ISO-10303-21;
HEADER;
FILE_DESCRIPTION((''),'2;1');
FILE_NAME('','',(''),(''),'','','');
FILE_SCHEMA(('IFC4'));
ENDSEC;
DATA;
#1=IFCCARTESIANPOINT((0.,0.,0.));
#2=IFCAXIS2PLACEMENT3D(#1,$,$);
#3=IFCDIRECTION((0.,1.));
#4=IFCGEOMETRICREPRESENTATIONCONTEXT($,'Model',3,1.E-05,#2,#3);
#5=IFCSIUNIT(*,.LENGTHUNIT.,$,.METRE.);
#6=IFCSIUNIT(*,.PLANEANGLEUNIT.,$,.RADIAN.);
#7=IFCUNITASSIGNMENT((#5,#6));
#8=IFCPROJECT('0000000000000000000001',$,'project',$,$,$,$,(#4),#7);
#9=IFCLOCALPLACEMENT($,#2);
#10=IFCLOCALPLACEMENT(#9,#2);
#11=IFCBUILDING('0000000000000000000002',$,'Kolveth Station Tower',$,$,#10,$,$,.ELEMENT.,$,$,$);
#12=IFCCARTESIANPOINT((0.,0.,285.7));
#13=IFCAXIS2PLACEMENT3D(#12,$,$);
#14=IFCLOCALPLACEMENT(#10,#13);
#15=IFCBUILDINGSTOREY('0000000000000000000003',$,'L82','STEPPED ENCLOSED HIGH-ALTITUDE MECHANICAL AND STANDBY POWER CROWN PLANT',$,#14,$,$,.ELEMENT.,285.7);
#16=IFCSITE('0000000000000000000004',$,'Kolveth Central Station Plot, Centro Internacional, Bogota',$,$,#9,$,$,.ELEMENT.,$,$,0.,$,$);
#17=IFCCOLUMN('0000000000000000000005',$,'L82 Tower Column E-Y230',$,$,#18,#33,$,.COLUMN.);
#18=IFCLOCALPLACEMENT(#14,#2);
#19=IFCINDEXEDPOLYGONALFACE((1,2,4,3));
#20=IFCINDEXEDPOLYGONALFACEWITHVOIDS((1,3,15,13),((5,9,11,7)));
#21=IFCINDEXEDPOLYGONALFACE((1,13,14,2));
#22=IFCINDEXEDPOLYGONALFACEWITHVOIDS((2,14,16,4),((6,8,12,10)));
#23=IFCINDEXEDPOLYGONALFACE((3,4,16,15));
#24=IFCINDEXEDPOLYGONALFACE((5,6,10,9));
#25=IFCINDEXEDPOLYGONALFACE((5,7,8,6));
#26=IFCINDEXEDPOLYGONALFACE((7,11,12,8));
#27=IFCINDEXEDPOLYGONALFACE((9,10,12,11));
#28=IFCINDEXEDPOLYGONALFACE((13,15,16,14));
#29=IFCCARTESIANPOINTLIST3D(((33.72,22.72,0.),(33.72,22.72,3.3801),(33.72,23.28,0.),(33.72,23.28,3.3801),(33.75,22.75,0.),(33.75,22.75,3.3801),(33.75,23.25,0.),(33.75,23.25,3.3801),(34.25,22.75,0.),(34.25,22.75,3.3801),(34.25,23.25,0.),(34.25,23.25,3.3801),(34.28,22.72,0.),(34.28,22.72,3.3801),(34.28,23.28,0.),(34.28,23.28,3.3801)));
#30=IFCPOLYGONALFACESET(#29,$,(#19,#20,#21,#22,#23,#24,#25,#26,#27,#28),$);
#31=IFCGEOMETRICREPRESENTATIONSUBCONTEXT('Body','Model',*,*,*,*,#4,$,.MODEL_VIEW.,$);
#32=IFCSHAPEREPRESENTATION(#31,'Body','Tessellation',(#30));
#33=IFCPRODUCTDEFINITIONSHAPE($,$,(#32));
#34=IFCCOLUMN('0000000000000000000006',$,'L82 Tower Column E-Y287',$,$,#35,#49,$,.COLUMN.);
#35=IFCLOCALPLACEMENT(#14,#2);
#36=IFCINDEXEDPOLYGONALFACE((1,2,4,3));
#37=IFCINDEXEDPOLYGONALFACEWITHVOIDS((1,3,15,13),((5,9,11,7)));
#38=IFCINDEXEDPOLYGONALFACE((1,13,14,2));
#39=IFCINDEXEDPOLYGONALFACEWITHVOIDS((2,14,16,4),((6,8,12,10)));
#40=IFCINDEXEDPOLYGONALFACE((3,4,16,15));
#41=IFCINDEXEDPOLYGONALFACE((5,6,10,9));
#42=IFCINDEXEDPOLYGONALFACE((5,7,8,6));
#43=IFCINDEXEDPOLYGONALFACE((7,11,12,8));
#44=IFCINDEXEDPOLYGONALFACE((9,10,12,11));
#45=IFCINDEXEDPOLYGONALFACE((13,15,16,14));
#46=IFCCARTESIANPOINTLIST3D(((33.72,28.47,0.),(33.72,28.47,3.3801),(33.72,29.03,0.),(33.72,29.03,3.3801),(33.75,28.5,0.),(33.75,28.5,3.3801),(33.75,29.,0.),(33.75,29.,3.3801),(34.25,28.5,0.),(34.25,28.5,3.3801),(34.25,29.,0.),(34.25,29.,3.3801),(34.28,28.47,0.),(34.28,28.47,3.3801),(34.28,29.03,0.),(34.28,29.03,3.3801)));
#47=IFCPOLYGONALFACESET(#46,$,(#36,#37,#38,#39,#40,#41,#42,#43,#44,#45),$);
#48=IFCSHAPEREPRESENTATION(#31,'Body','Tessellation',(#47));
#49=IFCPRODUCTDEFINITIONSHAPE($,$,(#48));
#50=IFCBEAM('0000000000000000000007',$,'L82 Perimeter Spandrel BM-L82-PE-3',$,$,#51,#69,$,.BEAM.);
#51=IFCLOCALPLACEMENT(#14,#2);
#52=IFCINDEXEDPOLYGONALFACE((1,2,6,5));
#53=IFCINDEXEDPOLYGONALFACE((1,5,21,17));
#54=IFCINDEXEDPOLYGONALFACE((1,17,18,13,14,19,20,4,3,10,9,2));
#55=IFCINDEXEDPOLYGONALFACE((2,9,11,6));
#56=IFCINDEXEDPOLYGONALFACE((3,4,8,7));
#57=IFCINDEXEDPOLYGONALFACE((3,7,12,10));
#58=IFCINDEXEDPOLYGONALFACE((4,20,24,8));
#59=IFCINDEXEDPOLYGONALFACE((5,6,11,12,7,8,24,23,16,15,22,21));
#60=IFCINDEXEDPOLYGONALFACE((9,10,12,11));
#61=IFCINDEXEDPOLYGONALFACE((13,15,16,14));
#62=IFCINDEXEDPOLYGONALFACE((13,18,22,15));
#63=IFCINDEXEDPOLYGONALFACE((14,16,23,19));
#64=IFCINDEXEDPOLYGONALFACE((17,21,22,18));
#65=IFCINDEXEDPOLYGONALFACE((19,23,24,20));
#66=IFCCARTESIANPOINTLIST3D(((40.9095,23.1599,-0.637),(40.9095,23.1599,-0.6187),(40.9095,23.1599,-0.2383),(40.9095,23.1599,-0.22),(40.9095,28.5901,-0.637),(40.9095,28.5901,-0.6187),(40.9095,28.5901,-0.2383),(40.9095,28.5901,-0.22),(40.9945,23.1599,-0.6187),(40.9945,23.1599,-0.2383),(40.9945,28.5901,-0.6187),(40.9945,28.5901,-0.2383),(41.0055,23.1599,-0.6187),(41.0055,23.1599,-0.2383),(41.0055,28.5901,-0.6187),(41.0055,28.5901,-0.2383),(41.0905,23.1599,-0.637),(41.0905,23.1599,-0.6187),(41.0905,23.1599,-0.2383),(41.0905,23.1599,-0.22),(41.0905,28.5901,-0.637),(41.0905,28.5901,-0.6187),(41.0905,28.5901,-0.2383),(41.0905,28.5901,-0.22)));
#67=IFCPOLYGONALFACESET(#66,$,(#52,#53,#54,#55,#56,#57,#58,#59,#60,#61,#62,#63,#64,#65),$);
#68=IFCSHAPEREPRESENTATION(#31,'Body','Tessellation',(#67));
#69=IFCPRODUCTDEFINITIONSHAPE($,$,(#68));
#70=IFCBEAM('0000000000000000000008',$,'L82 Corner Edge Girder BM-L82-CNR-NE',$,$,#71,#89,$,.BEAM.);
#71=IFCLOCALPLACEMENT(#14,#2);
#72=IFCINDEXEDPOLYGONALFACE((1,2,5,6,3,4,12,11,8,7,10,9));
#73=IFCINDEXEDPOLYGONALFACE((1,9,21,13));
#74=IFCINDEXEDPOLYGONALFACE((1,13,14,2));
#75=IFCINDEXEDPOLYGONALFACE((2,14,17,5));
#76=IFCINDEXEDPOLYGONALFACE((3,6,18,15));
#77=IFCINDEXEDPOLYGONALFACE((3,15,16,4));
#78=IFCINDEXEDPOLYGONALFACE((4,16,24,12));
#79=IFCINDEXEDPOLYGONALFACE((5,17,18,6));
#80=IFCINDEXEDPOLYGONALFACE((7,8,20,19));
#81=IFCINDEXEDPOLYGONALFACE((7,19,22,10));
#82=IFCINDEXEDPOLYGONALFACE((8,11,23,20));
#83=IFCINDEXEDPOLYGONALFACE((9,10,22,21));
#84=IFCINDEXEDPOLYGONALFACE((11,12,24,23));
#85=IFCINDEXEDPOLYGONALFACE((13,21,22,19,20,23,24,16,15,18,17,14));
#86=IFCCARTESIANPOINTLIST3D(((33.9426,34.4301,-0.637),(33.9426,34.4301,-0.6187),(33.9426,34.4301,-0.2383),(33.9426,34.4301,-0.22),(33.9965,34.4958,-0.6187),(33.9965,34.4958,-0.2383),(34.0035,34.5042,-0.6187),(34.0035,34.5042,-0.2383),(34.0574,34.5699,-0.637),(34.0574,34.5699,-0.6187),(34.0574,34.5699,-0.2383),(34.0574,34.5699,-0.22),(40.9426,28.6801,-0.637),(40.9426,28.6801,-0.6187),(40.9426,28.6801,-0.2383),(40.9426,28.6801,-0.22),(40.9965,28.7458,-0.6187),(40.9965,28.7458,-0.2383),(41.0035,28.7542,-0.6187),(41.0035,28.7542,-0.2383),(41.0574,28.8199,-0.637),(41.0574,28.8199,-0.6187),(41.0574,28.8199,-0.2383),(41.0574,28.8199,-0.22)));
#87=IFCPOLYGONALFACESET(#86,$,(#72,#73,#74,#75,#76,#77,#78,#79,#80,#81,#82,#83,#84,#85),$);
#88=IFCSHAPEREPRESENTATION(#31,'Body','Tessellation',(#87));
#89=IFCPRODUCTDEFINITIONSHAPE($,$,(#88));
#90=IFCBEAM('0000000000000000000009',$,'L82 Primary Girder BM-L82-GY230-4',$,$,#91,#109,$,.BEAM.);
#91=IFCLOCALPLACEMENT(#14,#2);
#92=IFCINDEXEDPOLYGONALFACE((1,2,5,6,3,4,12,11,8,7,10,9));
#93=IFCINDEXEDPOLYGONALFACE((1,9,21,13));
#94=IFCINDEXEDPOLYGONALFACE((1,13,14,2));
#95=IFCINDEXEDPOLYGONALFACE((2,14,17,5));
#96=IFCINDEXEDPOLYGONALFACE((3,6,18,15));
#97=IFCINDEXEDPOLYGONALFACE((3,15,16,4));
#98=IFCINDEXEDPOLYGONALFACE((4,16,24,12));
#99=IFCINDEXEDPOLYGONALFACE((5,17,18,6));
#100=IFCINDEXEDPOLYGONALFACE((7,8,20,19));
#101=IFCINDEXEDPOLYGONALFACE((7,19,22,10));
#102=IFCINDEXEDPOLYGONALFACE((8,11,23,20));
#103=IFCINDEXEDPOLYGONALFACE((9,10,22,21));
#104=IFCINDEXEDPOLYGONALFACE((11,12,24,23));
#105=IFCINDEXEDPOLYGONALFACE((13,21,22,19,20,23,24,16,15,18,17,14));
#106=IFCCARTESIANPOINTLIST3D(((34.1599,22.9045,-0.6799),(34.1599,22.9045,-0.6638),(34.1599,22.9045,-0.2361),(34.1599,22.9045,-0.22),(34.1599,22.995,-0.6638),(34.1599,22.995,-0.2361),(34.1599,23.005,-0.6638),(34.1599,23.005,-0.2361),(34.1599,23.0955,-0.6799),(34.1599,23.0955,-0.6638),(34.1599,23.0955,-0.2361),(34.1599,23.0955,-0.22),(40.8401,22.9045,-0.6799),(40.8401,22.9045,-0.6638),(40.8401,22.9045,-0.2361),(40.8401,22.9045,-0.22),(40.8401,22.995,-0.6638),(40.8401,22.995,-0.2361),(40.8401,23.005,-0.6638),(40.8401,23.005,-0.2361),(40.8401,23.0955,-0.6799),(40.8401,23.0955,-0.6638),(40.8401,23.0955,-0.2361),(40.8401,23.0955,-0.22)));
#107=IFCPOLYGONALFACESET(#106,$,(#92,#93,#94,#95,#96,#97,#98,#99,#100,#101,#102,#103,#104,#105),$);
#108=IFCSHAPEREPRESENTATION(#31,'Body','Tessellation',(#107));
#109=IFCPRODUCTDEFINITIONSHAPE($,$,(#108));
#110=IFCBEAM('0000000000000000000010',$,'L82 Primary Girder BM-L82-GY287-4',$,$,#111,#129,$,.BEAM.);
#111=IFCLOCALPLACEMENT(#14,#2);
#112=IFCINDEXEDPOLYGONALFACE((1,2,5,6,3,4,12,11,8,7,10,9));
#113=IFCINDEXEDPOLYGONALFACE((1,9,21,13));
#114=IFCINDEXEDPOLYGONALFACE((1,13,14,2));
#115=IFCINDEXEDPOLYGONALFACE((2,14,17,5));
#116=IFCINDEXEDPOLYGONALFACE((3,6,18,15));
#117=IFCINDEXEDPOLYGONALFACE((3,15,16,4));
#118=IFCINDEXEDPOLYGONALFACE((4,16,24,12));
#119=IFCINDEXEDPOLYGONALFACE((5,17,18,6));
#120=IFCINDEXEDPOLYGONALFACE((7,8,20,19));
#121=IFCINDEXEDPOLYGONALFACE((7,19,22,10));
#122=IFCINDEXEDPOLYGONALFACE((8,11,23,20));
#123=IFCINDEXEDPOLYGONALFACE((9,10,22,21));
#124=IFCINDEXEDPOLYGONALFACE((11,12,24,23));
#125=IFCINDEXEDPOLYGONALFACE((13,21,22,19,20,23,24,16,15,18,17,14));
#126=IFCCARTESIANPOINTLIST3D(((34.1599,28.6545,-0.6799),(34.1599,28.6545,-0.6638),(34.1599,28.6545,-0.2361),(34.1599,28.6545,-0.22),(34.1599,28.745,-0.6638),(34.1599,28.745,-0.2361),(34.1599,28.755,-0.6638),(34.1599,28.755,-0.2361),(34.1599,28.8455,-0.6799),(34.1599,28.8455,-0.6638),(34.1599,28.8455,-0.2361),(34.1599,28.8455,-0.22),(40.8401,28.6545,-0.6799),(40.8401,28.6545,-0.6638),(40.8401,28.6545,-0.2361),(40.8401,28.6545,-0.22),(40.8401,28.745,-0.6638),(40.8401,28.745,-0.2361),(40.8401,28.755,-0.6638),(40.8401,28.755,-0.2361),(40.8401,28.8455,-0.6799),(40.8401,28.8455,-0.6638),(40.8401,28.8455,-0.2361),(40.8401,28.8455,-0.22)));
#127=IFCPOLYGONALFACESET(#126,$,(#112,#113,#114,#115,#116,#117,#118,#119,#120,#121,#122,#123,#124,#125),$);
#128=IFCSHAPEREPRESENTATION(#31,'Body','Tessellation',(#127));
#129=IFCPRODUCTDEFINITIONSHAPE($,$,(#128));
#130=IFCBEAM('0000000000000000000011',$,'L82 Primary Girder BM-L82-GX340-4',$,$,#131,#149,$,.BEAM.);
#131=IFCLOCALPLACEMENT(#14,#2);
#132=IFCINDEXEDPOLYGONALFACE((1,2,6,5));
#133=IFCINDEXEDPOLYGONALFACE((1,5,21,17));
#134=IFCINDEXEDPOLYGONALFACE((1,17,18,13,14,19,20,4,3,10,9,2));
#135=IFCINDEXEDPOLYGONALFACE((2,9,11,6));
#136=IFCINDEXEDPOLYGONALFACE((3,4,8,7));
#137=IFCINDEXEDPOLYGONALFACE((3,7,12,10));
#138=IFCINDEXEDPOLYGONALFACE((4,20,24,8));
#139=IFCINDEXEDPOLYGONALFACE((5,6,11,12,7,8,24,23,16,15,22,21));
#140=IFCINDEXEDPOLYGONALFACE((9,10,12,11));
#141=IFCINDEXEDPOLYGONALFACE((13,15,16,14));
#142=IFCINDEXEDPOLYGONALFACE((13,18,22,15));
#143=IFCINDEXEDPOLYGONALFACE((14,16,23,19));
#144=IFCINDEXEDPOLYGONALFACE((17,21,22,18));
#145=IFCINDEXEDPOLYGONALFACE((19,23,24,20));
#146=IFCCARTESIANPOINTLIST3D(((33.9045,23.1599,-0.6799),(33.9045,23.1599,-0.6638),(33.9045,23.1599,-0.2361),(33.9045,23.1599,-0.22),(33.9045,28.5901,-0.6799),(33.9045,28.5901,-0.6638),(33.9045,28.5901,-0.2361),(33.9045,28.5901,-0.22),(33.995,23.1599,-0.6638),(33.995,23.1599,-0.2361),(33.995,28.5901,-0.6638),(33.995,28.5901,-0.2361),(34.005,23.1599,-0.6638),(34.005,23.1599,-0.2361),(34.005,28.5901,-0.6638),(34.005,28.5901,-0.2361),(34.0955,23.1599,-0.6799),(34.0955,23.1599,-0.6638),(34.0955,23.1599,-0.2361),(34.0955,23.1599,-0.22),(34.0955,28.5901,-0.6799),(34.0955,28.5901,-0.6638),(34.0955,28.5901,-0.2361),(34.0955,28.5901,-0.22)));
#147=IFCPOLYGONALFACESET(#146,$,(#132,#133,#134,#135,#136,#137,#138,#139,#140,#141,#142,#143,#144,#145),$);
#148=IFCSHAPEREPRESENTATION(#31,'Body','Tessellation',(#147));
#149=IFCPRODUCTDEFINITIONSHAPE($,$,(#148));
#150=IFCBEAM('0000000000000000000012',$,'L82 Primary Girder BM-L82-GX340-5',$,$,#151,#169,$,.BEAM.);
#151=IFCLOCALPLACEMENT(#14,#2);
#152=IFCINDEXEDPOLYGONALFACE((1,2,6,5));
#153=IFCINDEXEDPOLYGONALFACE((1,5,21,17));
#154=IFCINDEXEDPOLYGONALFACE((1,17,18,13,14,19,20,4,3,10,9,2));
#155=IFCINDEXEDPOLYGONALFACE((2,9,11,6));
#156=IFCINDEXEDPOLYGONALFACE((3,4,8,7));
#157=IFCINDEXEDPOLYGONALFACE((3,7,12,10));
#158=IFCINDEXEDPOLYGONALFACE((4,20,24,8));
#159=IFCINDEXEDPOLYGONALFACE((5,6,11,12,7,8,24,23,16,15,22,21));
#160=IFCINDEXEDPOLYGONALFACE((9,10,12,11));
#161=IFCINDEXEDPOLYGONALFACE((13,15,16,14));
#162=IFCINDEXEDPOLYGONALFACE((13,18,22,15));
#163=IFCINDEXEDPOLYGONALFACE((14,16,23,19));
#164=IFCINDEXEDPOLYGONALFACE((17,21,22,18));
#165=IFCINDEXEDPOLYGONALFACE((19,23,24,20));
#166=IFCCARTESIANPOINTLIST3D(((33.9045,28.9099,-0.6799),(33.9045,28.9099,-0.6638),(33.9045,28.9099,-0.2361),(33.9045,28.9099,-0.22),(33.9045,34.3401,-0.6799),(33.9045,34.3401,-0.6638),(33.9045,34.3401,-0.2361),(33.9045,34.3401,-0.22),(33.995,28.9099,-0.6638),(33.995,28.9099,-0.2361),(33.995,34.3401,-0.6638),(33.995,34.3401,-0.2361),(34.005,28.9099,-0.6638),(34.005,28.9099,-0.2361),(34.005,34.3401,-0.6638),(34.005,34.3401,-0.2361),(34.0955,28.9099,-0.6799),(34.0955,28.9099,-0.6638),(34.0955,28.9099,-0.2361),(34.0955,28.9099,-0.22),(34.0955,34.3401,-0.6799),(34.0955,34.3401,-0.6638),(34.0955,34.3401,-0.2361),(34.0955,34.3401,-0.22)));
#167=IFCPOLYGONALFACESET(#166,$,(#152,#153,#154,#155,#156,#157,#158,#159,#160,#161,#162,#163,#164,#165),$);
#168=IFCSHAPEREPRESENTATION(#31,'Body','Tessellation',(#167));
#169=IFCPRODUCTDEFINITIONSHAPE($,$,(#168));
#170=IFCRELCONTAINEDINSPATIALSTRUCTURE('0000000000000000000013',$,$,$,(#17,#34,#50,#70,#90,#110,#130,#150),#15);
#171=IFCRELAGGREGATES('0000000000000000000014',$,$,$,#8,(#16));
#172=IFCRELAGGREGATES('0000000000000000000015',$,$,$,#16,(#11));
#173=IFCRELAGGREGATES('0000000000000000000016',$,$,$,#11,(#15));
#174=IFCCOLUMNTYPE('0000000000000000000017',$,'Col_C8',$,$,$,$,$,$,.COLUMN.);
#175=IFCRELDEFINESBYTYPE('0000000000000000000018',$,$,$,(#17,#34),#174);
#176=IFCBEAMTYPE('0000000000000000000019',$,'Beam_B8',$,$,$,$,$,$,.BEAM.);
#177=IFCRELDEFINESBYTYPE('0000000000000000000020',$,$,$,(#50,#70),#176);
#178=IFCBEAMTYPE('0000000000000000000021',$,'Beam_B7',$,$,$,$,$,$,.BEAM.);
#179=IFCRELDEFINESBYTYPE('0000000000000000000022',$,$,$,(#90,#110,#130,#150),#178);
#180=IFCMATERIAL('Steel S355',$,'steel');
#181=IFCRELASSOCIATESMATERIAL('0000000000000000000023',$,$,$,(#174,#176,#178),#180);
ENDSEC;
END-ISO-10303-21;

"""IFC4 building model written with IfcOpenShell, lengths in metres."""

from ifc_helpers import new_model, si_unit, direction, frame, origin, origin_2d, place, context, subcontext, project, spatial, hollow_rectangle, i_section, extrude, source, transform, mapped, material, material_profile, profile_set, type_object, element, save


model = new_model("IFC4")

# Units and contexts
model_context = context("Model", 3, precision=1e-05, world=origin(), true_north=direction((0.0, 1.0)))
body_context = subcontext(model_context, "Body", "Model", "MODEL_VIEW")
ifc_project = project(units=[si_unit("LENGTHUNIT", "METRE"), si_unit("PLANEANGLEUNIT", "RADIAN")], contexts=[model_context])

# Site, building, storey
site_placement = place(None, origin())
site = spatial("IfcSite", under=ifc_project, at=site_placement, Name="Kolveth Central Station Plot, Centro Internacional, Bogota", CompositionType="ELEMENT", RefElevation=0.0)
building_placement = place(site_placement, origin())
building = spatial("IfcBuilding", under=site, at=building_placement, Name="Kolveth Station Tower", CompositionType="ELEMENT")
storey_placement = place(building_placement, frame((0.0, 0.0, 285.7)))
storey = spatial("IfcBuildingStorey", under=building, at=storey_placement, Name="L82", Description="STEPPED ENCLOSED HIGH-ALTITUDE MECHANICAL AND STANDBY POWER CROWN PLANT", CompositionType="ELEMENT", Elevation=285.7)

# Columns
ifc_material_1 = material(Name="Steel S355", Category="steel")
ifc_material_profile_1 = material_profile(ifc_material_1, hollow_rectangle(XDim=0.5601, YDim=0.5601, WallThickness=0.03, at=origin_2d()), Name="BOX560x560x30")
ifc_profile_set_1 = profile_set([ifc_material_profile_1], Name="Steel S355")
column_type = type_object("IfcColumnType", Name="Col_C8", PredefinedType="COLUMN", material=ifc_profile_set_1)
shared_shape_1 = source(origin(), body_context, "Body", "SweptSolid", [
    extrude(hollow_rectangle(XDim=0.5601, YDim=0.5601, WallThickness=0.03, at=origin_2d()), origin(), (0.0, 0.0, 1.0), 3.3801),
])
for number, where, z_axis, x_axis, name in (
    (1, (34.0, 23.0, 0.0), (0.0, 0.0, 1.0), (1.0, 0.0, 0.0), "L82 Tower Column E-Y230"),
    (2, (34.0, 28.75, 0.0), (0.0, 0.0, 1.0), (1.0, 0.0, 0.0), "L82 Tower Column E-Y287"),
):
    element("IfcColumn", number, at=place(storey_placement, frame(where, z_axis=z_axis, x_axis=x_axis)), inside=storey, type_object=column_type, Name=name, PredefinedType="COLUMN", context=body_context, shape_type="MappedRepresentation", body=[
        mapped(shared_shape_1, transform((0.0, 0.0, 0.0), x_axis=(1.0, 0.0, 0.0), y_axis=(0.0, 1.0, 0.0), z_axis=(0.0, 0.0, 1.0), scale=1.0)),
    ])

# Beams
ifc_material_profile_2 = material_profile(ifc_material_1, i_section(OverallWidth=0.1809, OverallDepth=0.417, WebThickness=0.011, FlangeThickness=0.0183, at=origin_2d()), Name="W410x85")
ifc_profile_set_2 = profile_set([ifc_material_profile_2], Name="Steel S355")
beam_type_1 = type_object("IfcBeamType", Name="Beam_B8", PredefinedType="BEAM", material=ifc_profile_set_2)
shared_shape_2 = source(origin(), body_context, "Body", "SweptSolid", [
    extrude(i_section(OverallWidth=0.1809, OverallDepth=0.417, WebThickness=0.011, FlangeThickness=0.0183, at=origin_2d()), origin(), (0.0, 0.0, 1.0), 5.4302),
])
beam_1_placement = place(storey_placement, frame((41.0, 23.1599, -0.4285), z_axis=(0.0, 1.0, 0.0), x_axis=(-1.0, 0.0, 0.0)))
element("IfcBeam", 3, at=beam_1_placement, inside=storey, type_object=beam_type_1, Name="L82 Perimeter Spandrel BM-L82-PE-3", PredefinedType="BEAM", context=body_context, shape_type="MappedRepresentation", body=[
    mapped(shared_shape_2, transform((0.0, 0.0, 0.0), x_axis=(1.0, 0.0, 0.0), y_axis=(0.0, 1.0, 0.0), z_axis=(0.0, 0.0, 1.0), scale=1.0)),
])
shared_shape_3 = source(origin(), body_context, "Body", "SweptSolid", [
    extrude(i_section(OverallWidth=0.1809, OverallDepth=0.417, WebThickness=0.011, FlangeThickness=0.0183, at=origin_2d()), origin(), (0.0, 0.0, 1.0), 9.0588),
])
beam_2_placement = place(storey_placement, frame((41.0, 28.75, -0.4285), z_axis=(-0.772726, 0.634739, 0.0), x_axis=(-0.634739, -0.772726, 0.0)))
element("IfcBeam", 4, at=beam_2_placement, inside=storey, type_object=beam_type_1, Name="L82 Corner Edge Girder BM-L82-CNR-NE", PredefinedType="BEAM", context=body_context, shape_type="MappedRepresentation", body=[
    mapped(shared_shape_3, transform((0.0, 0.0, 0.0), x_axis=(1.0, 0.0, 0.0), y_axis=(0.0, 1.0, 0.0), z_axis=(0.0, 0.0, 1.0), scale=1.0)),
])
ifc_material_profile_3 = material_profile(ifc_material_1, i_section(OverallWidth=0.1909, OverallDepth=0.46, WebThickness=0.01, FlangeThickness=0.0161, at=origin_2d()), Name="W460x82")
ifc_profile_set_3 = profile_set([ifc_material_profile_3], Name="Steel S355")
beam_type_2 = type_object("IfcBeamType", Name="Beam_B7", PredefinedType="BEAM", material=ifc_profile_set_3)
shared_shape_4 = source(origin(), body_context, "Body", "SweptSolid", [
    extrude(i_section(OverallWidth=0.1909, OverallDepth=0.46, WebThickness=0.01, FlangeThickness=0.0161, at=origin_2d()), origin(), (0.0, 0.0, 1.0), 6.6802),
])
for number, where, z_axis, x_axis, name in (
    (5, (34.1599, 23.0, -0.45), (1.0, 0.0, 0.0), (0.0, 1.0, 0.0), "L82 Primary Girder BM-L82-GY230-4"),
    (6, (34.1599, 28.75, -0.45), (1.0, 0.0, 0.0), (0.0, 1.0, 0.0), "L82 Primary Girder BM-L82-GY287-4"),
):
    element("IfcBeam", number, at=place(storey_placement, frame(where, z_axis=z_axis, x_axis=x_axis)), inside=storey, type_object=beam_type_2, Name=name, PredefinedType="BEAM", context=body_context, shape_type="MappedRepresentation", body=[
        mapped(shared_shape_4, transform((0.0, 0.0, 0.0), x_axis=(1.0, 0.0, 0.0), y_axis=(0.0, 1.0, 0.0), z_axis=(0.0, 0.0, 1.0), scale=1.0)),
    ])
shared_shape_5 = source(origin(), body_context, "Body", "SweptSolid", [
    extrude(i_section(OverallWidth=0.1909, OverallDepth=0.46, WebThickness=0.01, FlangeThickness=0.0161, at=origin_2d()), origin(), (0.0, 0.0, 1.0), 5.4302),
])
for number, where, z_axis, x_axis, name in (
    (7, (34.0, 23.1599, -0.45), (0.0, 1.0, 0.0), (-1.0, 0.0, 0.0), "L82 Primary Girder BM-L82-GX340-4"),
    (8, (34.0, 28.9099, -0.45), (0.0, 1.0, 0.0), (-1.0, 0.0, 0.0), "L82 Primary Girder BM-L82-GX340-5"),
):
    element("IfcBeam", number, at=place(storey_placement, frame(where, z_axis=z_axis, x_axis=x_axis)), inside=storey, type_object=beam_type_2, Name=name, PredefinedType="BEAM", context=body_context, shape_type="MappedRepresentation", body=[
        mapped(shared_shape_5, transform((0.0, 0.0, 0.0), x_axis=(1.0, 0.0, 0.0), y_axis=(0.0, 1.0, 0.0), z_axis=(0.0, 0.0, 1.0), scale=1.0)),
    ])

save(model, "model.ifc")
